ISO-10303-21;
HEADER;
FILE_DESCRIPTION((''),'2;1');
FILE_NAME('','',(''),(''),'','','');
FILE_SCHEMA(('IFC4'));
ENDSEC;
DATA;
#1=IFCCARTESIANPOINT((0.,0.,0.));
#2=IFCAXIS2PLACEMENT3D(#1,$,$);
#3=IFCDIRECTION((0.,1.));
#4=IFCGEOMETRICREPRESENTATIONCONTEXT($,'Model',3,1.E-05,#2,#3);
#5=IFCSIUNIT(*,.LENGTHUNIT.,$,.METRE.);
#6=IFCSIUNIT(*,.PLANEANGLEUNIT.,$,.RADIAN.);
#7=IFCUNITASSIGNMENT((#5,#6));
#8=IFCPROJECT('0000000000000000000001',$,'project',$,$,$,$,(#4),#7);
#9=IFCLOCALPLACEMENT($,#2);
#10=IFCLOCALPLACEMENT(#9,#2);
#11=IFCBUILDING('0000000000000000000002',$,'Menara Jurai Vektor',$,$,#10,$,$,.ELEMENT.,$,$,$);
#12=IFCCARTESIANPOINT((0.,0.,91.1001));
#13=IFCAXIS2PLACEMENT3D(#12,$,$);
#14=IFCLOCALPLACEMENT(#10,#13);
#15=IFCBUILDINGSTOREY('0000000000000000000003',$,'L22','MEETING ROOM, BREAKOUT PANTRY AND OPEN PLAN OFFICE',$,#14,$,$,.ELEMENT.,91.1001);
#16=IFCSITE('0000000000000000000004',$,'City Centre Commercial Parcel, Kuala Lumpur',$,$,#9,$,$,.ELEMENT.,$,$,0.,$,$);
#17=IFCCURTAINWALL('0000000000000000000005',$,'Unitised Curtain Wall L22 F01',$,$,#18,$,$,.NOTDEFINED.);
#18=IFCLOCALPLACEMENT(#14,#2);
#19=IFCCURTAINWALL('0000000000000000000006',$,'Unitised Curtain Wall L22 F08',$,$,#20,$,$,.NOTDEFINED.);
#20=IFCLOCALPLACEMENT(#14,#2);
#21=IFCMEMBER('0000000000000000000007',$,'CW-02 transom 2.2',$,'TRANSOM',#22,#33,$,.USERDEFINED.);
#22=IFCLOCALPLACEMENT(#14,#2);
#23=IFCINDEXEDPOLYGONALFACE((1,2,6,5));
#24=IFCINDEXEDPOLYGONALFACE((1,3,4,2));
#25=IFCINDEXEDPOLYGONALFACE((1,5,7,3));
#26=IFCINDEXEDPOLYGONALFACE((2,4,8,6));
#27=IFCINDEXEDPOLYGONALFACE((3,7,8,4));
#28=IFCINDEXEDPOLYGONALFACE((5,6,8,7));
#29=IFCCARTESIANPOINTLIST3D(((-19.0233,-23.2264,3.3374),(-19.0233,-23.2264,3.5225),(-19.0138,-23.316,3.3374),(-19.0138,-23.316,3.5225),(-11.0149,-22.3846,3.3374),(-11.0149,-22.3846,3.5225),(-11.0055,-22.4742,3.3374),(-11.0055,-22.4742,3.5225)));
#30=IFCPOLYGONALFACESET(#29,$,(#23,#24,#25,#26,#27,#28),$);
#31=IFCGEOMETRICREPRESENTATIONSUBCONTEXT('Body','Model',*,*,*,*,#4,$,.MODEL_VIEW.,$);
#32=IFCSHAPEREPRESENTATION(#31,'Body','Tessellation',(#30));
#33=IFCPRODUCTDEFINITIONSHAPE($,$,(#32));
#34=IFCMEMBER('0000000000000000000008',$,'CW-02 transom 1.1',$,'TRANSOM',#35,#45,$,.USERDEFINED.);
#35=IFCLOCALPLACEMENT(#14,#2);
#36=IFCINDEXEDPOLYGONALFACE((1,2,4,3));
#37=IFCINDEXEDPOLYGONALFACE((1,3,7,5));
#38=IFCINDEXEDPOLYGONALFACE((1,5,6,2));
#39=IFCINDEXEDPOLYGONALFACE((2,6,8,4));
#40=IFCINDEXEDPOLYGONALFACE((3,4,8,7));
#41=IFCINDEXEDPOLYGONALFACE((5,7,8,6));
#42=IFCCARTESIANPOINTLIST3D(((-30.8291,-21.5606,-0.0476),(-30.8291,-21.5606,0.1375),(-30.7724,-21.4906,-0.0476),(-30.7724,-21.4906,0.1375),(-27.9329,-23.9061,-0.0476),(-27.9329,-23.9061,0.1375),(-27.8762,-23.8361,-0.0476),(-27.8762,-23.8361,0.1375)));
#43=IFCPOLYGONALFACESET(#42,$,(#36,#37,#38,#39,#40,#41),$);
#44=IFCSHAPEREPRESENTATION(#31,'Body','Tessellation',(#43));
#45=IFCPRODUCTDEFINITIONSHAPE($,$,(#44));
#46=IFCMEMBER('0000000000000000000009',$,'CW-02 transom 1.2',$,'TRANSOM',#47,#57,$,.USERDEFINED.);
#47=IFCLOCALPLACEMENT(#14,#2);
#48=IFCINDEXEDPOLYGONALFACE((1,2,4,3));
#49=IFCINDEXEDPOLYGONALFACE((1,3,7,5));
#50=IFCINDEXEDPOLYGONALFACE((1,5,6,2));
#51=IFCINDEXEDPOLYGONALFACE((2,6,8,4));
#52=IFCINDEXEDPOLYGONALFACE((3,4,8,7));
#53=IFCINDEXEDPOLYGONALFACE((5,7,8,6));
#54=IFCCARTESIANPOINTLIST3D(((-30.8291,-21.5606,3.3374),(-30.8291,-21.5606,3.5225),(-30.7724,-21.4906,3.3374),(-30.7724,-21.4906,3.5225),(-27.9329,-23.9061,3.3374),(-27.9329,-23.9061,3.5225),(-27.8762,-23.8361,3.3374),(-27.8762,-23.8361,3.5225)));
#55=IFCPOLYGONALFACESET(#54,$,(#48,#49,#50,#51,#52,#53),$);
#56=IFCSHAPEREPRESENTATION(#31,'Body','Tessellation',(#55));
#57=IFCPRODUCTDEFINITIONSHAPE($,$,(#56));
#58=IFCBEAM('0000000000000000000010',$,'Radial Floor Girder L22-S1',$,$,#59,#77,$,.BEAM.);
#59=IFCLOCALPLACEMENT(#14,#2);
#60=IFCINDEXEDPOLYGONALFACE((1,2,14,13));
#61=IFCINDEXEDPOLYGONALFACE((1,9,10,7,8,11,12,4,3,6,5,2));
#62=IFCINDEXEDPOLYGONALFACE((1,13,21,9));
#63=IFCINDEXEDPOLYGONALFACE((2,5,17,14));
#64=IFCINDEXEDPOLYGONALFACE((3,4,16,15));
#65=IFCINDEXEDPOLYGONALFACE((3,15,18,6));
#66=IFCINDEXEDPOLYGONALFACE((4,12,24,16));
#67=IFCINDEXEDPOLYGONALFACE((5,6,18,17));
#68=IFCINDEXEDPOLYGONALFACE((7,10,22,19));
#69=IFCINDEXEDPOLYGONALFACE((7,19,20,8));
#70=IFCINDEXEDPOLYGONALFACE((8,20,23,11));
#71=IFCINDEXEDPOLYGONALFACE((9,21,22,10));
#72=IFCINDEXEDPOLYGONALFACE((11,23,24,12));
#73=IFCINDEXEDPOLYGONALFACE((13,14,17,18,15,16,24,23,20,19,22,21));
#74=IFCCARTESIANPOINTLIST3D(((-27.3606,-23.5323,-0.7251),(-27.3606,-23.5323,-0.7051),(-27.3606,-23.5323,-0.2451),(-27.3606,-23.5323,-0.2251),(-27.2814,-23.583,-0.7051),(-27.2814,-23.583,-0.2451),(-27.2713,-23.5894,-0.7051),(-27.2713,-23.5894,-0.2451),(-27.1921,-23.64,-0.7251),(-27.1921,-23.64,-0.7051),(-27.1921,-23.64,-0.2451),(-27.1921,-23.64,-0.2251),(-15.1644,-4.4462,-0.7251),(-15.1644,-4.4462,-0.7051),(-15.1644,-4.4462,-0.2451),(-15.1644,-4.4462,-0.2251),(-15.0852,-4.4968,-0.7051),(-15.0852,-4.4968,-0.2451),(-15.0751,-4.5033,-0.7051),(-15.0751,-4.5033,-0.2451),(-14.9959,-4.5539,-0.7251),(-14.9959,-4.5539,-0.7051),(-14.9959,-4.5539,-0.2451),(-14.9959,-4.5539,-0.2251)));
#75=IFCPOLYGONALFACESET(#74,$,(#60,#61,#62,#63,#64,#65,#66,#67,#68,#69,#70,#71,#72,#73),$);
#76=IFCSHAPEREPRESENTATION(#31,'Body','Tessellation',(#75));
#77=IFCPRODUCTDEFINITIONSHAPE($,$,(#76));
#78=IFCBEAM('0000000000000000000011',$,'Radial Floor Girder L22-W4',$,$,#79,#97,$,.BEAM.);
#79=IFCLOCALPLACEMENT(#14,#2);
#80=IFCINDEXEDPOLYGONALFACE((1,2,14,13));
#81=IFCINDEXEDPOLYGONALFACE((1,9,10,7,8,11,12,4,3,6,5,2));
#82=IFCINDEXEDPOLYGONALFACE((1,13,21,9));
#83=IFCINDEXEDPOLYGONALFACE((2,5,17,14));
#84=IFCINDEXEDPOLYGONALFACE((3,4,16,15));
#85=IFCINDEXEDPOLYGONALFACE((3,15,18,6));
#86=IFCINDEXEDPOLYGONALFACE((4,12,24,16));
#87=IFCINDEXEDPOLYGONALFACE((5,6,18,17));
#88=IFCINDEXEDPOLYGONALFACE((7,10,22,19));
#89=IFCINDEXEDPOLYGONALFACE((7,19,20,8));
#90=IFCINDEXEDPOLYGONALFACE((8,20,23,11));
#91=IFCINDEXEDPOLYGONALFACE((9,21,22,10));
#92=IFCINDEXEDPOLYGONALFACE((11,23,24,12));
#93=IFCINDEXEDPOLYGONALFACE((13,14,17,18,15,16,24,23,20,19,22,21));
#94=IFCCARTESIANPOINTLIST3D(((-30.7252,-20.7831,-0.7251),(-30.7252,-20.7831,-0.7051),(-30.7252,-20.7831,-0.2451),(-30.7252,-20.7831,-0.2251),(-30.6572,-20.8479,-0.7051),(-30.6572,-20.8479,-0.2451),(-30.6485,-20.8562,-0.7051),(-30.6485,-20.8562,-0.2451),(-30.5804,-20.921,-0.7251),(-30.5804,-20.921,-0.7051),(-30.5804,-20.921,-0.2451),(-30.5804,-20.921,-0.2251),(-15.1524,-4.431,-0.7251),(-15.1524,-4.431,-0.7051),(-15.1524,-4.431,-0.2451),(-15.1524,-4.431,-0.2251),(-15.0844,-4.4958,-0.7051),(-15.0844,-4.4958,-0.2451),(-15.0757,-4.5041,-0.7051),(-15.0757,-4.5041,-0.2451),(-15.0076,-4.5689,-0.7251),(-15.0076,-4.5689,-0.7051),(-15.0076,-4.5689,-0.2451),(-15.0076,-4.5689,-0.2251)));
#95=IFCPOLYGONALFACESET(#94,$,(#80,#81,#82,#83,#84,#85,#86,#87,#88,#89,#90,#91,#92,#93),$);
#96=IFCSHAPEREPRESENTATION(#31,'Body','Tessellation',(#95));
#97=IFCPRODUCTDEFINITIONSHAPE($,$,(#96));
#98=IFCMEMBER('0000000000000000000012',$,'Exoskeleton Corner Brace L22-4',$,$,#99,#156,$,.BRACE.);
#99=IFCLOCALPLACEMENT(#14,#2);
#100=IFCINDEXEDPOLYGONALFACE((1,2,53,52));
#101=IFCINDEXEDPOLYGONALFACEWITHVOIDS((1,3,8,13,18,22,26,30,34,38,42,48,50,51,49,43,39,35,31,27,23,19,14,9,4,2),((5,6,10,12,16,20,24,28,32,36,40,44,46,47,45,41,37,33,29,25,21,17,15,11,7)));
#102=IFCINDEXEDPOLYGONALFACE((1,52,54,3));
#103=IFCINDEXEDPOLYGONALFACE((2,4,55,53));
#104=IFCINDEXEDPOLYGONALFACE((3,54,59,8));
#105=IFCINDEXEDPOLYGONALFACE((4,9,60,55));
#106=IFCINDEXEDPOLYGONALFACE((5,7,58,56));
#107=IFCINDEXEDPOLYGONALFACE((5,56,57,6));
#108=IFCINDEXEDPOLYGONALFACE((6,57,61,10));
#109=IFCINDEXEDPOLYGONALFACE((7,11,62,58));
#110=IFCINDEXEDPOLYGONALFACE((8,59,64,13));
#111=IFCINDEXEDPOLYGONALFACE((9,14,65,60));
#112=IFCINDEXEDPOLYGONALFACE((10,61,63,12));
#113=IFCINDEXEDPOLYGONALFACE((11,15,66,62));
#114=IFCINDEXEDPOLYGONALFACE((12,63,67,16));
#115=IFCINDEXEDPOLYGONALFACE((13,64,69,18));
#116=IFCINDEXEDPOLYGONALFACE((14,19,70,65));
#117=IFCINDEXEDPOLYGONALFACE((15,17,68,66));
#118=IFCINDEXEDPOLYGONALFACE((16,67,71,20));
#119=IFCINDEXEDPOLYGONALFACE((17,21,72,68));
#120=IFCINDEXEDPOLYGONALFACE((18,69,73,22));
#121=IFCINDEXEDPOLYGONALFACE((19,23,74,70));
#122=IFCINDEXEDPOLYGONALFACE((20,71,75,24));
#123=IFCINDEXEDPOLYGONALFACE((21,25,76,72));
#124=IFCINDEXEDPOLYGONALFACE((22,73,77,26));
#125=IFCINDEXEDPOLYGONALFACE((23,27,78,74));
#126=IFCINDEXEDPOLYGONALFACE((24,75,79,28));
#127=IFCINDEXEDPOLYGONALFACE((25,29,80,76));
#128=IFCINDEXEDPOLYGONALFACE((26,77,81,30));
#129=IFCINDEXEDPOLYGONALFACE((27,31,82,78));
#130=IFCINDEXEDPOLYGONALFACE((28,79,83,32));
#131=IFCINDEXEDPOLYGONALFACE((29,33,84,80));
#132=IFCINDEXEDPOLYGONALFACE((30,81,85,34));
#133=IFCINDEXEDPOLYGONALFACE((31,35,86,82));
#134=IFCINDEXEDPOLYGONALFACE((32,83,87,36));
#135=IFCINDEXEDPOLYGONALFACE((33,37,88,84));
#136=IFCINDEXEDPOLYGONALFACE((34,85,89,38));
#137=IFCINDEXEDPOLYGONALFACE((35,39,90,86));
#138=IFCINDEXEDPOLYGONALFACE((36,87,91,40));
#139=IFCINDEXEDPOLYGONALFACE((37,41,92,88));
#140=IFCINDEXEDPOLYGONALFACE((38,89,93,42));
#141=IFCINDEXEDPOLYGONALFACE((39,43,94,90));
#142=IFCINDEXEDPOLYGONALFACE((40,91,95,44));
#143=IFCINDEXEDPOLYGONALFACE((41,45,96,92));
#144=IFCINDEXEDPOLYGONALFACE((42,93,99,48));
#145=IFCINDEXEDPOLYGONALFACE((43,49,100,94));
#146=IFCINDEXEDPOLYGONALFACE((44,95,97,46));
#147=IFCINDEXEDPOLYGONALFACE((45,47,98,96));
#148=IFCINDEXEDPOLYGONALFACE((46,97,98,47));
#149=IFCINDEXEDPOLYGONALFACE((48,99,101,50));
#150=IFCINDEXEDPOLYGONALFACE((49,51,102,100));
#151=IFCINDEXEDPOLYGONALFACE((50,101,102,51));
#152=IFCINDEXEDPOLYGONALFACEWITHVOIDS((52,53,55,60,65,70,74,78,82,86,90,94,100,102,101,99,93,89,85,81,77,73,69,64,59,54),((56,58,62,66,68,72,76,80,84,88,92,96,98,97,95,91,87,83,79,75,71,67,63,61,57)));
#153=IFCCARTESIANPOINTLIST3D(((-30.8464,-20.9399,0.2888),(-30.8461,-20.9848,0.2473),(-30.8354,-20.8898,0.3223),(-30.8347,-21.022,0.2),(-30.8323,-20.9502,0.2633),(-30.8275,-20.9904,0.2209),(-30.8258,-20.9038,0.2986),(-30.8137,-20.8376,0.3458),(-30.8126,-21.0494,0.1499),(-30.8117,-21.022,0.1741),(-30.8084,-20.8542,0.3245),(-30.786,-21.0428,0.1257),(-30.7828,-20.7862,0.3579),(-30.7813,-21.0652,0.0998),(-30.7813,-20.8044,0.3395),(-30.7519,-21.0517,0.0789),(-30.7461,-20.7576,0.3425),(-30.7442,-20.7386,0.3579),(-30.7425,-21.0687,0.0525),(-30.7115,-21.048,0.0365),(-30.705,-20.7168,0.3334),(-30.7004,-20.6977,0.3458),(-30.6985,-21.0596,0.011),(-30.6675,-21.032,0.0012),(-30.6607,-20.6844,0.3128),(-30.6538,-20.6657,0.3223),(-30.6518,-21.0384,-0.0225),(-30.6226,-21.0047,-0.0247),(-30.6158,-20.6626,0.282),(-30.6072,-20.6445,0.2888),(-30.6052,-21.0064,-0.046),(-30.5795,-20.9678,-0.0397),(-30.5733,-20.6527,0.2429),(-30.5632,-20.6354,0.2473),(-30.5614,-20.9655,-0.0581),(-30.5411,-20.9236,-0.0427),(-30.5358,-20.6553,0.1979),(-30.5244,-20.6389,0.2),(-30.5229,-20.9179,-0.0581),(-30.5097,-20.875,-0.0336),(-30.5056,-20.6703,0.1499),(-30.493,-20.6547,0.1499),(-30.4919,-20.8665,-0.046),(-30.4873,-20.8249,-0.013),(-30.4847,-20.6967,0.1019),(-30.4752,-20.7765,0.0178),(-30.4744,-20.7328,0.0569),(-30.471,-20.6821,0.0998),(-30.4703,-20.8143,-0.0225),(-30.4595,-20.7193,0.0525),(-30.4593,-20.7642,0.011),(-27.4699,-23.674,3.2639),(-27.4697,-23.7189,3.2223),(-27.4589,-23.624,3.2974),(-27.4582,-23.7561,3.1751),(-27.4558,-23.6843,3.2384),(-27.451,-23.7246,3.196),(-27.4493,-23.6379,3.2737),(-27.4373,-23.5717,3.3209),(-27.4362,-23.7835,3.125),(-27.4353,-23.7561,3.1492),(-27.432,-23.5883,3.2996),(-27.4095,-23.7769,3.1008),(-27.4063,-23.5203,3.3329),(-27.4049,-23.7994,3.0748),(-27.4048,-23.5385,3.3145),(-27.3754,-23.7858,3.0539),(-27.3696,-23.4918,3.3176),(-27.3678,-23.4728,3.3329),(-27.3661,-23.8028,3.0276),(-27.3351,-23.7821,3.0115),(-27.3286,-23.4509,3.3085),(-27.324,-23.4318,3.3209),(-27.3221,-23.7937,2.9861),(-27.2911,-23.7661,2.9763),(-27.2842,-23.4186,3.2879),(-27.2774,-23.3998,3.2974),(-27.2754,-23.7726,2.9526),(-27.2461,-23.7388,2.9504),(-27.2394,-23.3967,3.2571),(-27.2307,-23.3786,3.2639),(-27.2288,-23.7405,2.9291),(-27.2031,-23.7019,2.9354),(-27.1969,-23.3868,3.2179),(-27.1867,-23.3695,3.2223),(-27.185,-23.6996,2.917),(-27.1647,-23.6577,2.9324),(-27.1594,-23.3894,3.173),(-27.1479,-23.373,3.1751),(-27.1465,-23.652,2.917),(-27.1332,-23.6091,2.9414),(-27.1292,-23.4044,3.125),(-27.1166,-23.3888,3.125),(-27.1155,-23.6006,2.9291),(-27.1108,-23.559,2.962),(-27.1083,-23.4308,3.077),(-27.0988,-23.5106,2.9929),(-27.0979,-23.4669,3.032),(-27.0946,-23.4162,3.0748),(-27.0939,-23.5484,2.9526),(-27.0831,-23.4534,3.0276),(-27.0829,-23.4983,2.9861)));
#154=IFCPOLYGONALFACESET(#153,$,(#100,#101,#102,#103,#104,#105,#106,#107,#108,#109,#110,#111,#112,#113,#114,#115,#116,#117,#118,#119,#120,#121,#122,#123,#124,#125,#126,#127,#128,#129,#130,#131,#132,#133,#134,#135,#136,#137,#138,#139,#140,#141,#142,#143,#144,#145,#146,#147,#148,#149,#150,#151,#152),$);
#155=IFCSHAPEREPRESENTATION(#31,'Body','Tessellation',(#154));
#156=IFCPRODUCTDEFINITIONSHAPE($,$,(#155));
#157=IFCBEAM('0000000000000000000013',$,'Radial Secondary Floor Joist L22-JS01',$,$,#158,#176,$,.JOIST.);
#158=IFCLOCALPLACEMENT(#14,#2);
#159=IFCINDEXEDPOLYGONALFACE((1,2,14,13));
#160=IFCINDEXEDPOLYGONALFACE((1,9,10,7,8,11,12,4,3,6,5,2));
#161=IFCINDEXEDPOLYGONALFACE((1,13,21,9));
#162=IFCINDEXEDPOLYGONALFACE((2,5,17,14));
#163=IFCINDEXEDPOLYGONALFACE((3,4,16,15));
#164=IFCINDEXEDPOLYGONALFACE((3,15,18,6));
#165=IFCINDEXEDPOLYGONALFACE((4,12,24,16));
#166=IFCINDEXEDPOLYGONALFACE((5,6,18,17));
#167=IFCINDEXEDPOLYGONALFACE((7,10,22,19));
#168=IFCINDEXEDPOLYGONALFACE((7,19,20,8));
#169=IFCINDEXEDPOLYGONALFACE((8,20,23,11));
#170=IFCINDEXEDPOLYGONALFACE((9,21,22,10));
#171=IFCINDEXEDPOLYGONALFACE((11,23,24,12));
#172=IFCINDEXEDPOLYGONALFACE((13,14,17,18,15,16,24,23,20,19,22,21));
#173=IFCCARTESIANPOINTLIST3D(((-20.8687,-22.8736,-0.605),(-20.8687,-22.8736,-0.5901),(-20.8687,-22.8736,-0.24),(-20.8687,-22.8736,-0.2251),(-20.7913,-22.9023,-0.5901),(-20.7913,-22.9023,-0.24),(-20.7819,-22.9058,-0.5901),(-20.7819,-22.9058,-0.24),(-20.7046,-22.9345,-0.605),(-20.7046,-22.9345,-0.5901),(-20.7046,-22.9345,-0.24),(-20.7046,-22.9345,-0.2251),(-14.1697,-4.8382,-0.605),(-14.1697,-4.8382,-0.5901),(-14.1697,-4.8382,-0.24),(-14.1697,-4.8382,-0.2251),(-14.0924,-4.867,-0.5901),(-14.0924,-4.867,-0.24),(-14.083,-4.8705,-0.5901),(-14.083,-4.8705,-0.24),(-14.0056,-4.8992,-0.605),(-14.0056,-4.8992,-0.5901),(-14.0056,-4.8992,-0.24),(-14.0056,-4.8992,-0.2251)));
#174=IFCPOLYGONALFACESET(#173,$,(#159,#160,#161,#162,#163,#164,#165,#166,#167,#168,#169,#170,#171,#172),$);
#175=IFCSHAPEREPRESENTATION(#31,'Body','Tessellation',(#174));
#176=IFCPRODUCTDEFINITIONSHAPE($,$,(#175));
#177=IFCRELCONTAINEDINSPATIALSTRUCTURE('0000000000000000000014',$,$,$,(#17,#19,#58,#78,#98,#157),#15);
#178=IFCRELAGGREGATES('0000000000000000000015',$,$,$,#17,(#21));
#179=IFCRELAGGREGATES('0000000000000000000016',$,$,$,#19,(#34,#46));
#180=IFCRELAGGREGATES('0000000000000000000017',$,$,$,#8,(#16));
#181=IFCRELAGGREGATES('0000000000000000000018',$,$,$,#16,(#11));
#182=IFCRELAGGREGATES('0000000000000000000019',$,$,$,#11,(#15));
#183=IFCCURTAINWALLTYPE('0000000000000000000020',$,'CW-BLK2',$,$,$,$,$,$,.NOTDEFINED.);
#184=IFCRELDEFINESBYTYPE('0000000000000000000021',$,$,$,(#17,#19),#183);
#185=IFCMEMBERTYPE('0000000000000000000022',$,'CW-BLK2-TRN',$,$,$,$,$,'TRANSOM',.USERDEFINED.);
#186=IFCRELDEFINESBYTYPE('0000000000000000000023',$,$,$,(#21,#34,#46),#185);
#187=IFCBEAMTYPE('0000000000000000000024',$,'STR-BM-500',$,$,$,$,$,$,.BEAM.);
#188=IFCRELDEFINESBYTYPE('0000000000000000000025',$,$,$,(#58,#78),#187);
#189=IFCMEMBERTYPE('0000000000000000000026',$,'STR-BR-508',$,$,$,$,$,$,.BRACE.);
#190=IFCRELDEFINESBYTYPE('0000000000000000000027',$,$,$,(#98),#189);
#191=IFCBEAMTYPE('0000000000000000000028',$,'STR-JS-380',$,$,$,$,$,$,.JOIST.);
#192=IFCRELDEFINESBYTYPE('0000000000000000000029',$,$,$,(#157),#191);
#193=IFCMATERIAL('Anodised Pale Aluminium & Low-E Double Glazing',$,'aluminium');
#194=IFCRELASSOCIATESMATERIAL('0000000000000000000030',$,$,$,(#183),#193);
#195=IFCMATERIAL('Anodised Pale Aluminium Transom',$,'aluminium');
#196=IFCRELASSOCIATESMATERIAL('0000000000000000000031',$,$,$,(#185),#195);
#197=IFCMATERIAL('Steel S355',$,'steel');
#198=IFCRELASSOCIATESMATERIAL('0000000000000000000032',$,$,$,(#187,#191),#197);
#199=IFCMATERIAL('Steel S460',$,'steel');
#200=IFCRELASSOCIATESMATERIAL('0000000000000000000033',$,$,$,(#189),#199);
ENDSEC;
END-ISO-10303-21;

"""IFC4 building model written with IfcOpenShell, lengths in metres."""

from ifc_helpers import new_model, si_unit, direction, frame, origin, origin_2d, place, context, subcontext, project, spatial, rectangle, hollow_circle, i_section, extrude, material, material_profile, profile_set, type_object, element, aggregate, save


model = new_model("IFC4")

# Units and contexts
model_context = context("Model", 3, precision=1e-05, world=origin(), true_north=direction((0.0, 1.0)))
body_context = subcontext(model_context, "Body", "Model", "MODEL_VIEW")
ifc_project = project(units=[si_unit("LENGTHUNIT", "METRE"), si_unit("PLANEANGLEUNIT", "RADIAN")], contexts=[model_context])

# Site, building, storey
site_placement = place(None, origin())
site = spatial("IfcSite", under=ifc_project, at=site_placement, Name="City Centre Commercial Parcel, Kuala Lumpur", CompositionType="ELEMENT", RefElevation=0.0)
building_placement = place(site_placement, origin())
building = spatial("IfcBuilding", under=site, at=building_placement, Name="Menara Jurai Vektor", CompositionType="ELEMENT")
storey_placement = place(building_placement, frame((0.0, 0.0, 91.1001)))
storey = spatial("IfcBuildingStorey", under=building, at=storey_placement, Name="L22", Description="MEETING ROOM, BREAKOUT PANTRY AND OPEN PLAN OFFICE", CompositionType="ELEMENT", Elevation=91.1001)

# Shared definitions
ifc_material_1 = material(Name="Steel S460", Category="steel")

# Curtain walls
ifc_material_2 = material(Name="Anodised Pale Aluminium & Low-E Double Glazing", Category="aluminium")
curtain_wall_type = type_object("IfcCurtainWallType", Name="CW-BLK2", PredefinedType="NOTDEFINED", material=ifc_material_2)
curtain_wall_1_placement = place(storey_placement, origin())
curtain_wall_1 = element("IfcCurtainWall", 1, at=curtain_wall_1_placement, inside=storey, type_object=curtain_wall_type, Name="Unitised Curtain Wall L22 F01", PredefinedType="NOTDEFINED")
curtain_wall_2_placement = place(storey_placement, origin())
curtain_wall_2 = element("IfcCurtainWall", 2, at=curtain_wall_2_placement, inside=storey, type_object=curtain_wall_type, Name="Unitised Curtain Wall L22 F08", PredefinedType="NOTDEFINED")

# Members
ifc_material_3 = material(Name="Anodised Pale Aluminium Transom", Category="aluminium")
ifc_material_profile_1 = material_profile(ifc_material_3, rectangle(XDim=0.0901, YDim=0.1851, at=origin_2d()), Name="ALU TRN 90x185")
ifc_profile_set_1 = profile_set([ifc_material_profile_1], Name="Anodised Pale Aluminium Transom")
member_type_1 = type_object("IfcMemberType", Name="CW-BLK2-TRN", ElementType="TRANSOM", PredefinedType="USERDEFINED", material=ifc_profile_set_1)
member_1_placement = place(storey_placement, frame((-19.0186, -23.2712, 3.4299), z_axis=(0.994521, 0.10454, 0.0), x_axis=(-0.10454, 0.994521, 0.0)))
member_1 = element("IfcMember", 3, at=member_1_placement, type_object=member_type_1, Name="CW-02 transom 2.2", ObjectType="TRANSOM", PredefinedType="USERDEFINED", context=body_context, shape_type="SweptSolid", body=[
    extrude(rectangle(XDim=0.0901, YDim=0.1851, at=origin_2d()), origin(), (0.0, 0.0, 1.0), 8.0525),
])
member_2_placement = place(storey_placement, frame((-30.8008, -21.5256, 0.0449), z_axis=(0.777129, -0.629341, 0.0), x_axis=(0.629341, 0.777129, 0.0)))
member_2 = element("IfcMember", 4, at=member_2_placement, type_object=member_type_1, Name="CW-02 transom 1.1", ObjectType="TRANSOM", PredefinedType="USERDEFINED", context=body_context, shape_type="SweptSolid", body=[
    extrude(rectangle(XDim=0.0901, YDim=0.1851, at=origin_2d()), origin(), (0.0, 0.0, 1.0), 3.7268),
])
member_3_placement = place(storey_placement, frame((-30.8008, -21.5256, 3.4299), z_axis=(0.777129, -0.629341, 0.0), x_axis=(0.629341, 0.777129, 0.0)))
member_3 = element("IfcMember", 5, at=member_3_placement, type_object=member_type_1, Name="CW-02 transom 1.2", ObjectType="TRANSOM", PredefinedType="USERDEFINED", context=body_context, shape_type="SweptSolid", body=[
    extrude(rectangle(XDim=0.0901, YDim=0.1851, at=origin_2d()), origin(), (0.0, 0.0, 1.0), 3.7268),
])

# Beams
ifc_material_4 = material(Name="Steel S355", Category="steel")
ifc_material_profile_2 = material_profile(ifc_material_4, i_section(OverallWidth=0.2, OverallDepth=0.5, WebThickness=0.012, FlangeThickness=0.02, at=origin_2d()), Name="PG 500x200x96")
ifc_profile_set_2 = profile_set([ifc_material_profile_2], Name="Steel S355")
beam_type_1 = type_object("IfcBeamType", Name="STR-BM-500", PredefinedType="BEAM", material=ifc_profile_set_2)
beam_1_placement = place(storey_placement, frame((-27.2764, -23.5862, -0.4751), z_axis=(0.538463, 0.842649, 0.0), x_axis=(-0.842649, 0.538463, 0.0)))
element("IfcBeam", 6, at=beam_1_placement, inside=storey, type_object=beam_type_1, Name="Radial Floor Girder L22-S1", PredefinedType="BEAM", context=body_context, shape_type="SweptSolid", body=[
    extrude(i_section(OverallWidth=0.2, OverallDepth=0.5, WebThickness=0.012, FlangeThickness=0.02, at=origin_2d()), origin(), (0.0, 0.0, 1.0), 22.6501),
])
beam_2_placement = place(storey_placement, frame((-30.6528, -20.8521, -0.4751), z_axis=(0.689641, 0.724152, 0.0), x_axis=(-0.724152, 0.689641, 0.0)))
element("IfcBeam", 7, at=beam_2_placement, inside=storey, type_object=beam_type_1, Name="Radial Floor Girder L22-W4", PredefinedType="BEAM", context=body_context, shape_type="SweptSolid", body=[
    extrude(i_section(OverallWidth=0.2, OverallDepth=0.5, WebThickness=0.012, FlangeThickness=0.02, at=origin_2d()), origin(), (0.0, 0.0, 1.0), 22.5811),
])

# Member
ifc_material_profile_3 = material_profile(ifc_material_1, hollow_circle(Radius=0.2539, WallThickness=0.02, at=origin_2d()), Name="CHS 508x20")
ifc_profile_set_3 = profile_set([ifc_material_profile_3], Name="Steel S460")
member_type_2 = type_object("IfcMemberType", Name="STR-BR-508", PredefinedType="BRACE", material=ifc_profile_set_3)
member_4_placement = place(storey_placement, frame((-30.6528, -20.8521, 0.1499), z_axis=(0.641223, -0.519238, 0.565), x_axis=(0.62931, 0.777155, 0.0)))
element("IfcMember", 8, at=member_4_placement, inside=storey, type_object=member_type_2, Name="Exoskeleton Corner Brace L22-4", PredefinedType="BRACE", context=body_context, shape_type="SweptSolid", body=[
    extrude(hollow_circle(Radius=0.2539, WallThickness=0.02, at=origin_2d()), origin(), (0.0, 0.0, 1.0), 5.2656),
])

# Beam
ifc_material_profile_4 = material_profile(ifc_material_4, i_section(OverallWidth=0.175, OverallDepth=0.3799, WebThickness=0.01, FlangeThickness=0.0149, at=origin_2d()), Name="PG 380x175x58")
ifc_profile_set_4 = profile_set([ifc_material_profile_4], Name="Steel S355")
beam_type_2 = type_object("IfcBeamType", Name="STR-JS-380", PredefinedType="JOIST", material=ifc_profile_set_4)
beam_3_placement = place(storey_placement, frame((-20.7866, -22.9041, -0.415), z_axis=(0.348192, 0.937423, 0.0), x_axis=(-0.937423, 0.348192, 0.0)))
element("IfcBeam", 9, at=beam_3_placement, inside=storey, type_object=beam_type_2, Name="Radial Secondary Floor Joist L22-JS01", PredefinedType="JOIST", context=body_context, shape_type="SweptSolid", body=[
    extrude(i_section(OverallWidth=0.175, OverallDepth=0.3799, WebThickness=0.01, FlangeThickness=0.0149, at=origin_2d()), origin(), (0.0, 0.0, 1.0), 19.2393),
])

aggregate(curtain_wall_1, [member_1])
aggregate(curtain_wall_2, [member_2, member_3])

save(model, "model.ifc")
